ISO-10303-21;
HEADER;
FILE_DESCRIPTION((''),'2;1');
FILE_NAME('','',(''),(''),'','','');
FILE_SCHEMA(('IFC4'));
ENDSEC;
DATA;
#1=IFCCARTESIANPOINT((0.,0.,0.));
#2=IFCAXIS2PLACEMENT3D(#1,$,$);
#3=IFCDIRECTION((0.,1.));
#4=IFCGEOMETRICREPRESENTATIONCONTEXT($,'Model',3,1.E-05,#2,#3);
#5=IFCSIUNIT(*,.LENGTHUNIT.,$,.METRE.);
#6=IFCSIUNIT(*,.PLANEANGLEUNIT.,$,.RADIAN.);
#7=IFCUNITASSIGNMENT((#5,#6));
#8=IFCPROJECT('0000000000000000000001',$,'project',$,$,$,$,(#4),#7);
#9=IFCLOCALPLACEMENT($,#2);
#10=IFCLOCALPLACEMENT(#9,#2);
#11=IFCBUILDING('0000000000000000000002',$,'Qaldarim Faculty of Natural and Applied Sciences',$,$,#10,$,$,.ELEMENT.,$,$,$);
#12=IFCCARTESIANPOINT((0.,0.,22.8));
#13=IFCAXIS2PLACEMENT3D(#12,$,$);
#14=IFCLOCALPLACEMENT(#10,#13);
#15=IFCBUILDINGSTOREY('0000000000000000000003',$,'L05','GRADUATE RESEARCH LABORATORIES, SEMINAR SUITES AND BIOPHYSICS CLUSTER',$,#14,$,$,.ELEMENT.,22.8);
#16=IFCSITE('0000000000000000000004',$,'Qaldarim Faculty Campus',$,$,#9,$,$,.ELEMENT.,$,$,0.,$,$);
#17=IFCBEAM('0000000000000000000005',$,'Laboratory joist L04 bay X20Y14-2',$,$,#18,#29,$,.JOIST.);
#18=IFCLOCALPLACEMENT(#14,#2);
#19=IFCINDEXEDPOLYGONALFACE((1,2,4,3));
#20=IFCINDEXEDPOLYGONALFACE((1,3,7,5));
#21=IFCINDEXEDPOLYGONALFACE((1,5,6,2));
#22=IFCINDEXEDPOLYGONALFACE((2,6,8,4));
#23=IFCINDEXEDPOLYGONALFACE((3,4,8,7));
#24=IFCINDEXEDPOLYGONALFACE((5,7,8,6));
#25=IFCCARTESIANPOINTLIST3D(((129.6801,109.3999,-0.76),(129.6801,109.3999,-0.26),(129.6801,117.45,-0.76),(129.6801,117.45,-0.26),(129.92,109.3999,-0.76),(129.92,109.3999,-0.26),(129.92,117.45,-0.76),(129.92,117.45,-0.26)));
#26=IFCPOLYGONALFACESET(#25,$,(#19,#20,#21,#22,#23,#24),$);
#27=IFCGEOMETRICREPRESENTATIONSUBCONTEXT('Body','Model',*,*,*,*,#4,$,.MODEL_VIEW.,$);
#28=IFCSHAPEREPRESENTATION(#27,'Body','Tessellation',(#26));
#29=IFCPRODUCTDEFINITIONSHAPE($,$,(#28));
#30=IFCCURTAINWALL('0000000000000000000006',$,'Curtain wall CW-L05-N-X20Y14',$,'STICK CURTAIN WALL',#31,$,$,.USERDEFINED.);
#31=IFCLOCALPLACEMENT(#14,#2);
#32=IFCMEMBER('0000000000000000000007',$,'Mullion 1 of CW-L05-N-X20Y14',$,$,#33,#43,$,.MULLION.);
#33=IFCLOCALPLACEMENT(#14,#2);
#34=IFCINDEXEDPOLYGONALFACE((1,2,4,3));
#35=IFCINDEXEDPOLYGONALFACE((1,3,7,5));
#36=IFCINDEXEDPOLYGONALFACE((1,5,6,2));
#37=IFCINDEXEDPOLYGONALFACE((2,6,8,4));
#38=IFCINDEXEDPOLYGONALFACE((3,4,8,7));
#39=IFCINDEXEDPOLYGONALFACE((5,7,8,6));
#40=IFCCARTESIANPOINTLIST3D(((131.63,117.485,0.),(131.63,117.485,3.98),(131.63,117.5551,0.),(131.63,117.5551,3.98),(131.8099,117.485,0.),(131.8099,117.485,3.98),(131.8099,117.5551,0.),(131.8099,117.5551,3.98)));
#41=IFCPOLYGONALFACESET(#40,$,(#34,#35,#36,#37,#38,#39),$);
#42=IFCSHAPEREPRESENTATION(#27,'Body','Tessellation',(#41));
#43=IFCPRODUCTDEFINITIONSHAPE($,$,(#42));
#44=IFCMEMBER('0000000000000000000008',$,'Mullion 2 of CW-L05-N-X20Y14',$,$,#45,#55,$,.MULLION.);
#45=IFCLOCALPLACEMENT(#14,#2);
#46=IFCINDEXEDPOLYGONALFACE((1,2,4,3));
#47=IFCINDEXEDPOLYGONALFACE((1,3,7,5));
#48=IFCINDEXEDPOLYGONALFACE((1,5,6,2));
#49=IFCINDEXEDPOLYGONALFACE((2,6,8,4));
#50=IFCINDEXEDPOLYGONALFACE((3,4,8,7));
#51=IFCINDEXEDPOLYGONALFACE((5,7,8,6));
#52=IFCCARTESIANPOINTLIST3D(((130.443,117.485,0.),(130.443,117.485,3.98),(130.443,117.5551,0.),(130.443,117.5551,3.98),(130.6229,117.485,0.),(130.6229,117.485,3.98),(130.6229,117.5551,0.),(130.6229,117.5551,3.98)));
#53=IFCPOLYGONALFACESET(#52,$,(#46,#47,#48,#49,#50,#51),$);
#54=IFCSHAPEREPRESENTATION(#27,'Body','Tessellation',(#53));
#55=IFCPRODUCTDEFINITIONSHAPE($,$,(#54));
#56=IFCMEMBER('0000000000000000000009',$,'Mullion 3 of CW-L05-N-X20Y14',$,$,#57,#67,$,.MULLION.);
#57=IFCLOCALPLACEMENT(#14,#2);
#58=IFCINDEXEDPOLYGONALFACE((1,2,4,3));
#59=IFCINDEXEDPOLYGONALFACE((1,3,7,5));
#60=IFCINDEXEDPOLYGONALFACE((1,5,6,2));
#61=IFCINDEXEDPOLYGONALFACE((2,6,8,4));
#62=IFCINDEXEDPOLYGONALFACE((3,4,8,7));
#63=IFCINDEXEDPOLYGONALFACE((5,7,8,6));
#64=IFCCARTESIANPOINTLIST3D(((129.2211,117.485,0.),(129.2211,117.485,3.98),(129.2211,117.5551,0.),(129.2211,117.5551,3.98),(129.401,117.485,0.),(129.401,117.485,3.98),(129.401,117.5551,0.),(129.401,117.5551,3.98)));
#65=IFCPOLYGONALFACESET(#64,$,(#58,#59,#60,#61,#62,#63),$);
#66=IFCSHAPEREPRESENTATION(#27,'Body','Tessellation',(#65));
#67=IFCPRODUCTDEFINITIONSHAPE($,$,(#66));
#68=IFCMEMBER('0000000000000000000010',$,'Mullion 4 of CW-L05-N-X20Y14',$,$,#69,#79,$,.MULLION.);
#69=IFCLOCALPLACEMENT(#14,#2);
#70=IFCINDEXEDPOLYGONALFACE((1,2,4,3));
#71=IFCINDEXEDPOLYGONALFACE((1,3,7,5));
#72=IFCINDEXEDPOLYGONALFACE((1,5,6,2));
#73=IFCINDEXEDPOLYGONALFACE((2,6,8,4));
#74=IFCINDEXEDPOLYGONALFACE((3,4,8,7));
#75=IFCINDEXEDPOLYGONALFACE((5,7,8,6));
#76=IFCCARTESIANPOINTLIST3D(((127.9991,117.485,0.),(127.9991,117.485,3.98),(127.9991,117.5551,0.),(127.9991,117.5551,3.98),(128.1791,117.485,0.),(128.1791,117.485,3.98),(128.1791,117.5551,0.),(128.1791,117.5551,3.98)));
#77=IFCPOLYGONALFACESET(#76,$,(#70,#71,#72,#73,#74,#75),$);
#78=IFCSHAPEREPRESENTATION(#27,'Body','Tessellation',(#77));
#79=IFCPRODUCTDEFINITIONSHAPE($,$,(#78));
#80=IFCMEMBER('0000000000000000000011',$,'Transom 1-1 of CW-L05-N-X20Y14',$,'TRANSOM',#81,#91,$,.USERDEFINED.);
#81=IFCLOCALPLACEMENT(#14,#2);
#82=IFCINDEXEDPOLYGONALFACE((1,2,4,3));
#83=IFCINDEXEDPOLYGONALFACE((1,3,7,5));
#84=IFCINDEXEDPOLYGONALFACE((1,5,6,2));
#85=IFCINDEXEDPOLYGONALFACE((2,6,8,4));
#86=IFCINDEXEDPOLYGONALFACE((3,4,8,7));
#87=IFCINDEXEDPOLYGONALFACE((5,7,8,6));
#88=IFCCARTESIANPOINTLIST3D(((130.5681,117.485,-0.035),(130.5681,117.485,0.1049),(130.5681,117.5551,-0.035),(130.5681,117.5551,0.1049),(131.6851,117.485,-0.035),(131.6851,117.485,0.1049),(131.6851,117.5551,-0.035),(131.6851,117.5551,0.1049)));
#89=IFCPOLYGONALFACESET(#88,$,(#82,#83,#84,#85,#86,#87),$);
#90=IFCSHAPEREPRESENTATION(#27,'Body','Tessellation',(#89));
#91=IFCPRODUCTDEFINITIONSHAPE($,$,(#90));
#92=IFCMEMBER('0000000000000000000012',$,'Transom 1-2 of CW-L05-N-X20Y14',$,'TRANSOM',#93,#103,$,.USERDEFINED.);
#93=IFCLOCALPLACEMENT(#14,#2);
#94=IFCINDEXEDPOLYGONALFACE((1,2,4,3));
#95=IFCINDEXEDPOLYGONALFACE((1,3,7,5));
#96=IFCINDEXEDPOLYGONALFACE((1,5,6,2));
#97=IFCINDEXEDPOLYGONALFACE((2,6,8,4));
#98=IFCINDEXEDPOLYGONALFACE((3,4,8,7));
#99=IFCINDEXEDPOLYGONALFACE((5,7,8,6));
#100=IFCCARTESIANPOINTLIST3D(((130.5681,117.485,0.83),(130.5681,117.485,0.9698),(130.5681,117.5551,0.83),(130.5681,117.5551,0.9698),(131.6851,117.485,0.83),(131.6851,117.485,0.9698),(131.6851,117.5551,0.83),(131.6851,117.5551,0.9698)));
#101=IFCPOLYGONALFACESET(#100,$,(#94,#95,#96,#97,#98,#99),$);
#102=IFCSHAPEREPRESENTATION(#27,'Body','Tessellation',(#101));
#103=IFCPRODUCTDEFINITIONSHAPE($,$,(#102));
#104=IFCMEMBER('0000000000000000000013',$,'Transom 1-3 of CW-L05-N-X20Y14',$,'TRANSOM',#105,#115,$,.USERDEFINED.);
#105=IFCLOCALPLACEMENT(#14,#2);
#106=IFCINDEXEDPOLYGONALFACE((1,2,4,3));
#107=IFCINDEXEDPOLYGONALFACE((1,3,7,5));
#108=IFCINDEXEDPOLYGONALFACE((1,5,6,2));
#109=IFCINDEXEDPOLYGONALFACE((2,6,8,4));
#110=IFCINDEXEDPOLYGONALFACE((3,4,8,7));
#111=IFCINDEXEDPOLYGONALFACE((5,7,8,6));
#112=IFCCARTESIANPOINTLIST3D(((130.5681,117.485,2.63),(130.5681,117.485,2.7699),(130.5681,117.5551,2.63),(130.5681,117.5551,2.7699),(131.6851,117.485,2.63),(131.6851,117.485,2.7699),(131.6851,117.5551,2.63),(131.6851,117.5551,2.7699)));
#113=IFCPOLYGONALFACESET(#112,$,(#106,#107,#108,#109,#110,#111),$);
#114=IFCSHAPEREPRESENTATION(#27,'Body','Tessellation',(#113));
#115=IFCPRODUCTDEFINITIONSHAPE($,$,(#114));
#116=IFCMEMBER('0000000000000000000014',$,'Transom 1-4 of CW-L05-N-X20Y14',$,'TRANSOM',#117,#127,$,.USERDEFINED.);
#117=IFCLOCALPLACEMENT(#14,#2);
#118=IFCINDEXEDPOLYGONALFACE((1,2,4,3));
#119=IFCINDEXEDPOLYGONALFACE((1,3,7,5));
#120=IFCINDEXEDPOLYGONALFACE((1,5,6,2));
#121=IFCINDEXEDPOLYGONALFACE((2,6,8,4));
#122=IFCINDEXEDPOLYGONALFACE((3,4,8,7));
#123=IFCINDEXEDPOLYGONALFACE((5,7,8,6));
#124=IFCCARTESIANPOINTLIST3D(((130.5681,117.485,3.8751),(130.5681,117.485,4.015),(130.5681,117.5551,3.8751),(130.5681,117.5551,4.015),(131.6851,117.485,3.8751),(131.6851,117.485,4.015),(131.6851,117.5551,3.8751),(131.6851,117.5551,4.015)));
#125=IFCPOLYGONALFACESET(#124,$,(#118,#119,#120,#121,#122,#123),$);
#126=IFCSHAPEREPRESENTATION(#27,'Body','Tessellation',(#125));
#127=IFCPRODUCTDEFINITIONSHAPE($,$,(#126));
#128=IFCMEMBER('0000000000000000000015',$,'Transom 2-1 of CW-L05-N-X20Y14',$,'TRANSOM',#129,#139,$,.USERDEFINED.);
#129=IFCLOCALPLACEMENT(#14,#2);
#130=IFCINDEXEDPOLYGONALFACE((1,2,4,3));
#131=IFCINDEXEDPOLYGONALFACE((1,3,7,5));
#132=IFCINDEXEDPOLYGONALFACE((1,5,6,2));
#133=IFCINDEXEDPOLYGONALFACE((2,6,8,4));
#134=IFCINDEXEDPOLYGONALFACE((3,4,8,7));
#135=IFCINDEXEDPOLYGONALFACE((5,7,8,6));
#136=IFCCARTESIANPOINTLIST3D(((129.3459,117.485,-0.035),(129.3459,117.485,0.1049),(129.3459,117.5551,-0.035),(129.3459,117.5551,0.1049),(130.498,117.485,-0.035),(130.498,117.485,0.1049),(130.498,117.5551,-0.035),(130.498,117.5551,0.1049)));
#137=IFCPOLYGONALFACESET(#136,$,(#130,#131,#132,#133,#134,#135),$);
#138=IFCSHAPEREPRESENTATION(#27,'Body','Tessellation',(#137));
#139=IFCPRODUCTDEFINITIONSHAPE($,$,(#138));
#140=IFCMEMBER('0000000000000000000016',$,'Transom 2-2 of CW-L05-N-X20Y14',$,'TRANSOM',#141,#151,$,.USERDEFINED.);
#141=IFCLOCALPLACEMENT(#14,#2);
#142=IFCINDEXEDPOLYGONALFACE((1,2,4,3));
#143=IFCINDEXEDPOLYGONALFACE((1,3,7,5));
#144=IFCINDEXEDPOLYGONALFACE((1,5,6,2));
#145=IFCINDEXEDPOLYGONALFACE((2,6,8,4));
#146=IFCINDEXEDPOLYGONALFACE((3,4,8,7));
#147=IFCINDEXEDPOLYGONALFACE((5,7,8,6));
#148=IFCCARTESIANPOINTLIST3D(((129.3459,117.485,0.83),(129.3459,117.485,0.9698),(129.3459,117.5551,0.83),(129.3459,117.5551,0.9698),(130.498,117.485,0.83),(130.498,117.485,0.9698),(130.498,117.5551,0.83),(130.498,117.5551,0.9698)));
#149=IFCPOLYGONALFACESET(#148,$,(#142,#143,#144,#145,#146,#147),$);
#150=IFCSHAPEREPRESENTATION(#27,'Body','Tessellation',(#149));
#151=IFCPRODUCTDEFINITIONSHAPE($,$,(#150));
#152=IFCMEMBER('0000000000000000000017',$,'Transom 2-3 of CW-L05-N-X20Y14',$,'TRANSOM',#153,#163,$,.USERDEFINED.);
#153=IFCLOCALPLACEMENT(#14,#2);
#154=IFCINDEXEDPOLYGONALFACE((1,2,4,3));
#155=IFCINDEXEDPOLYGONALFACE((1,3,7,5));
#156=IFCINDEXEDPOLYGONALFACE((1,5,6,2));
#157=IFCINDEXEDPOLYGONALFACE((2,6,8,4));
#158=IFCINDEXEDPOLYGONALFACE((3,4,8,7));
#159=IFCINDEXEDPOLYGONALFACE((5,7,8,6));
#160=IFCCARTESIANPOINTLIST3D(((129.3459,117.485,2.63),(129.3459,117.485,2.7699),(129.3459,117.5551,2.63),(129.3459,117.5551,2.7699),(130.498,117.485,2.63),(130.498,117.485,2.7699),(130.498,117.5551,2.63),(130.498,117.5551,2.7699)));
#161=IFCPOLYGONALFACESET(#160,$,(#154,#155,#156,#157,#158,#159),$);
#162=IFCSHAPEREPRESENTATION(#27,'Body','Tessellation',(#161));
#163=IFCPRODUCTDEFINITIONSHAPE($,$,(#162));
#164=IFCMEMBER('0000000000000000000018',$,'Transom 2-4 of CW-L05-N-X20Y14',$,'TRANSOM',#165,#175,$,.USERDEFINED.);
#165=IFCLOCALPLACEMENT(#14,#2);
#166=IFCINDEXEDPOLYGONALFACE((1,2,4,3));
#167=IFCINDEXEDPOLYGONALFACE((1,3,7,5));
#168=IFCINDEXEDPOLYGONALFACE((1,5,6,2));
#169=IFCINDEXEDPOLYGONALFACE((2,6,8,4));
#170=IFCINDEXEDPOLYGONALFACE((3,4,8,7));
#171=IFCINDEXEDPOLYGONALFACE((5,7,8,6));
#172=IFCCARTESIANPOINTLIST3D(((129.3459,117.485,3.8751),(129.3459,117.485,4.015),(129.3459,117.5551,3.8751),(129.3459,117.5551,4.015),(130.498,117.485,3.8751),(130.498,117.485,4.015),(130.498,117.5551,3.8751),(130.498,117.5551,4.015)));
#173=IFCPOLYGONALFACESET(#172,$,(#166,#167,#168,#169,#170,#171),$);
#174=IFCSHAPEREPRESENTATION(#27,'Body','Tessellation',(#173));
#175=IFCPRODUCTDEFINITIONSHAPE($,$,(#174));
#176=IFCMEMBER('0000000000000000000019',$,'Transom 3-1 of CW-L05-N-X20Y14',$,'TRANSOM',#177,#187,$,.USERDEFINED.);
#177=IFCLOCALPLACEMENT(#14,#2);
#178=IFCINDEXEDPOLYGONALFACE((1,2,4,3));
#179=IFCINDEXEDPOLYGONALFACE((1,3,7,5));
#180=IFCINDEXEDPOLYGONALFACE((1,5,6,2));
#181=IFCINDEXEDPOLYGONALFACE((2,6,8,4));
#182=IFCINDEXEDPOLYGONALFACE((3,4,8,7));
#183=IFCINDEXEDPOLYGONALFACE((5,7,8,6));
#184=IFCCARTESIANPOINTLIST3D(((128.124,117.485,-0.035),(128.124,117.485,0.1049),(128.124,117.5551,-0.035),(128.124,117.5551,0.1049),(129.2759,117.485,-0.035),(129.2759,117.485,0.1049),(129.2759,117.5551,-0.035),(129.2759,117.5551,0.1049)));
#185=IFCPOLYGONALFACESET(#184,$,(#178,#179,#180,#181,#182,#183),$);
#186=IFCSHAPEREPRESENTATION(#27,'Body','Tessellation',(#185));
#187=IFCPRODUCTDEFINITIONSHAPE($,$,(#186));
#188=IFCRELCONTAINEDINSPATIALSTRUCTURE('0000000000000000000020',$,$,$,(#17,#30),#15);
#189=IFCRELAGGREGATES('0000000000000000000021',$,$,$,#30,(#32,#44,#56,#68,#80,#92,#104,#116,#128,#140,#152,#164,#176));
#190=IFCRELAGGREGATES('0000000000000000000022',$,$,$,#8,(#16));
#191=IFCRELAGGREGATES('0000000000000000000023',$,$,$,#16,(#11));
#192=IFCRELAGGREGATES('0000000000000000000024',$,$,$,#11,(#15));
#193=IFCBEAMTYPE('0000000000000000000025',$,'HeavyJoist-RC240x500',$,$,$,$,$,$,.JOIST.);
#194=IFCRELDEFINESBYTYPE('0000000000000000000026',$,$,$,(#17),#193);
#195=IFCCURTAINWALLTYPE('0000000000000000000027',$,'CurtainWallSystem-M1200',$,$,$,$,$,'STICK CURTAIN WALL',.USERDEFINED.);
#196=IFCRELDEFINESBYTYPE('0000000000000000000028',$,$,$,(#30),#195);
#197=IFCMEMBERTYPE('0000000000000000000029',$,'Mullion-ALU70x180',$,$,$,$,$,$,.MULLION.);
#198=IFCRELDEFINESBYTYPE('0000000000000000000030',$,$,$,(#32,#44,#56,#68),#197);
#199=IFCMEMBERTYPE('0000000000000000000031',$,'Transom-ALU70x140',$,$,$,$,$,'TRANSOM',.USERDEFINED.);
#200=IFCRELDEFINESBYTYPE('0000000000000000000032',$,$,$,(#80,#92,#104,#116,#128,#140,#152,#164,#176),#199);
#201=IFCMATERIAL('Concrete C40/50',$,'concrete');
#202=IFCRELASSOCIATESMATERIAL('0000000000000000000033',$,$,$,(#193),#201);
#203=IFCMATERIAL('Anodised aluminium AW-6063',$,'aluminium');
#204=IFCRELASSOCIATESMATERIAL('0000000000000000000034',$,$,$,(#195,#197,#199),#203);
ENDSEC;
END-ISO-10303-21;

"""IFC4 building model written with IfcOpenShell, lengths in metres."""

from ifc_helpers import new_model, si_unit, direction, frame, origin, origin_2d, place, context, subcontext, project, spatial, rectangle, extrude, material, material_profile, profile_set, type_object, element, aggregate, save


model = new_model("IFC4")

# Units and contexts
model_context = context("Model", 3, precision=1e-05, world=origin(), true_north=direction((0.0, 1.0)))
body_context = subcontext(model_context, "Body", "Model", "MODEL_VIEW")
ifc_project = project(units=[si_unit("LENGTHUNIT", "METRE"), si_unit("PLANEANGLEUNIT", "RADIAN")], contexts=[model_context])

# Site, building, storey
site_placement = place(None, origin())
site = spatial("IfcSite", under=ifc_project, at=site_placement, Name="Qaldarim Faculty Campus", CompositionType="ELEMENT", RefElevation=0.0)
building_placement = place(site_placement, origin())
building = spatial("IfcBuilding", under=site, at=building_placement, Name="Qaldarim Faculty of Natural and Applied Sciences", CompositionType="ELEMENT")
storey_placement = place(building_placement, frame((0.0, 0.0, 22.8)))
storey = spatial("IfcBuildingStorey", under=building, at=storey_placement, Name="L05", Description="GRADUATE RESEARCH LABORATORIES, SEMINAR SUITES AND BIOPHYSICS CLUSTER", CompositionType="ELEMENT", Elevation=22.8)

# Beam
ifc_material_1 = material(Name="Concrete C40/50", Category="concrete")
ifc_material_profile_1 = material_profile(ifc_material_1, rectangle(XDim=0.24, YDim=0.5, at=origin_2d()), Name="RC-J240x500")
ifc_profile_set_1 = profile_set([ifc_material_profile_1], Name="Concrete C40/50")
beam_type = type_object("IfcBeamType", Name="HeavyJoist-RC240x500", PredefinedType="JOIST", material=ifc_profile_set_1)
beam_placement = place(storey_placement, frame((129.8, 109.3999, -0.51), z_axis=(0.0, 1.0, 0.0), x_axis=(-1.0, 0.0, 0.0)))
element("IfcBeam", 1, at=beam_placement, inside=storey, type_object=beam_type, Name="Laboratory joist L04 bay X20Y14-2", PredefinedType="JOIST", context=body_context, shape_type="SweptSolid", body=[
    extrude(rectangle(XDim=0.24, YDim=0.5, at=origin_2d()), origin(), (0.0, 0.0, 1.0), 8.05),
])

# Curtain wall, members
ifc_material_2 = material(Name="Anodised aluminium AW-6063", Category="aluminium")
curtain_wall_type = type_object("IfcCurtainWallType", Name="CurtainWallSystem-M1200", ElementType="STICK CURTAIN WALL", PredefinedType="USERDEFINED", material=ifc_material_2)
curtain_wall_placement = place(storey_placement, origin())
curtain_wall = element("IfcCurtainWall", 2, at=curtain_wall_placement, inside=storey, type_object=curtain_wall_type, Name="Curtain wall CW-L05-N-X20Y14", ObjectType="STICK CURTAIN WALL", PredefinedType="USERDEFINED")
ifc_material_profile_2 = material_profile(ifc_material_2, rectangle(XDim=0.0701, YDim=0.1799, at=origin_2d()), Name="ALU-M70x180")
ifc_profile_set_2 = profile_set([ifc_material_profile_2], Name="Anodised aluminium AW-6063")
member_type_1 = type_object("IfcMemberType", Name="Mullion-ALU70x180", PredefinedType="MULLION", material=ifc_profile_set_2)
member_1_placement = place(storey_placement, frame((131.72, 117.52, 0.0), z_axis=(0.0, 0.0, 1.0), x_axis=(0.0, -1.0, 0.0)))
member_1 = element("IfcMember", 3, at=member_1_placement, type_object=member_type_1, Name="Mullion 1 of CW-L05-N-X20Y14", PredefinedType="MULLION", context=body_context, shape_type="SweptSolid", body=[
    extrude(rectangle(XDim=0.0701, YDim=0.1799, at=origin_2d()), origin(), (0.0, 0.0, 1.0), 3.98),
])
member_2_placement = place(storey_placement, frame((130.533, 117.52, 0.0), z_axis=(0.0, 0.0, 1.0), x_axis=(0.0, -1.0, 0.0)))
member_2 = element("IfcMember", 4, at=member_2_placement, type_object=member_type_1, Name="Mullion 2 of CW-L05-N-X20Y14", PredefinedType="MULLION", context=body_context, shape_type="SweptSolid", body=[
    extrude(rectangle(XDim=0.0701, YDim=0.1799, at=origin_2d()), origin(), (0.0, 0.0, 1.0), 3.98),
])
member_3_placement = place(storey_placement, frame((129.311, 117.52, 0.0), z_axis=(0.0, 0.0, 1.0), x_axis=(0.0, -1.0, 0.0)))
member_3 = element("IfcMember", 5, at=member_3_placement, type_object=member_type_1, Name="Mullion 3 of CW-L05-N-X20Y14", PredefinedType="MULLION", context=body_context, shape_type="SweptSolid", body=[
    extrude(rectangle(XDim=0.0701, YDim=0.1799, at=origin_2d()), origin(), (0.0, 0.0, 1.0), 3.98),
])
member_4_placement = place(storey_placement, frame((128.0891, 117.52, 0.0), z_axis=(0.0, 0.0, 1.0), x_axis=(0.0, -1.0, 0.0)))
member_4 = element("IfcMember", 6, at=member_4_placement, type_object=member_type_1, Name="Mullion 4 of CW-L05-N-X20Y14", PredefinedType="MULLION", context=body_context, shape_type="SweptSolid", body=[
    extrude(rectangle(XDim=0.0701, YDim=0.1799, at=origin_2d()), origin(), (0.0, 0.0, 1.0), 3.98),
])
ifc_material_profile_3 = material_profile(ifc_material_2, rectangle(XDim=0.0701, YDim=0.1399, at=origin_2d()), Name="ALU-T70x140")
ifc_profile_set_3 = profile_set([ifc_material_profile_3], Name="Anodised aluminium AW-6063")
member_type_2 = type_object("IfcMemberType", Name="Transom-ALU70x140", ElementType="TRANSOM", PredefinedType="USERDEFINED", material=ifc_profile_set_3)
member_5_placement = place(storey_placement, frame((131.6851, 117.52, 0.0349), z_axis=(-1.0, 0.0, 0.0), x_axis=(0.0, -1.0, 0.0)))
member_5 = element("IfcMember", 7, at=member_5_placement, type_object=member_type_2, Name="Transom 1-1 of CW-L05-N-X20Y14", ObjectType="TRANSOM", PredefinedType="USERDEFINED", context=body_context, shape_type="SweptSolid", body=[
    extrude(rectangle(XDim=0.0701, YDim=0.1399, at=origin_2d()), origin(), (0.0, 0.0, 1.0), 1.1169),
])
member_6_placement = place(storey_placement, frame((131.6851, 117.52, 0.8999), z_axis=(-1.0, 0.0, 0.0), x_axis=(0.0, -1.0, 0.0)))
member_6 = element("IfcMember", 8, at=member_6_placement, type_object=member_type_2, Name="Transom 1-2 of CW-L05-N-X20Y14", ObjectType="TRANSOM", PredefinedType="USERDEFINED", context=body_context, shape_type="SweptSolid", body=[
    extrude(rectangle(XDim=0.0701, YDim=0.1399, at=origin_2d()), origin(), (0.0, 0.0, 1.0), 1.1169),
])
member_7_placement = place(storey_placement, frame((131.6851, 117.52, 2.7), z_axis=(-1.0, 0.0, 0.0), x_axis=(0.0, -1.0, 0.0)))
member_7 = element("IfcMember", 9, at=member_7_placement, type_object=member_type_2, Name="Transom 1-3 of CW-L05-N-X20Y14", ObjectType="TRANSOM", PredefinedType="USERDEFINED", context=body_context, shape_type="SweptSolid", body=[
    extrude(rectangle(XDim=0.0701, YDim=0.1399, at=origin_2d()), origin(), (0.0, 0.0, 1.0), 1.1169),
])
member_8_placement = place(storey_placement, frame((131.6851, 117.52, 3.9451), z_axis=(-1.0, 0.0, 0.0), x_axis=(0.0, -1.0, 0.0)))
member_8 = element("IfcMember", 10, at=member_8_placement, type_object=member_type_2, Name="Transom 1-4 of CW-L05-N-X20Y14", ObjectType="TRANSOM", PredefinedType="USERDEFINED", context=body_context, shape_type="SweptSolid", body=[
    extrude(rectangle(XDim=0.0701, YDim=0.1399, at=origin_2d()), origin(), (0.0, 0.0, 1.0), 1.1169),
])
member_9_placement = place(storey_placement, frame((130.498, 117.52, 0.0349), z_axis=(-1.0, 0.0, 0.0), x_axis=(0.0, -1.0, 0.0)))
member_9 = element("IfcMember", 11, at=member_9_placement, type_object=member_type_2, Name="Transom 2-1 of CW-L05-N-X20Y14", ObjectType="TRANSOM", PredefinedType="USERDEFINED", context=body_context, shape_type="SweptSolid", body=[
    extrude(rectangle(XDim=0.0701, YDim=0.1399, at=origin_2d()), origin(), (0.0, 0.0, 1.0), 1.1521),
])
member_10_placement = place(storey_placement, frame((130.498, 117.52, 0.8999), z_axis=(-1.0, 0.0, 0.0), x_axis=(0.0, -1.0, 0.0)))
member_10 = element("IfcMember", 12, at=member_10_placement, type_object=member_type_2, Name="Transom 2-2 of CW-L05-N-X20Y14", ObjectType="TRANSOM", PredefinedType="USERDEFINED", context=body_context, shape_type="SweptSolid", body=[
    extrude(rectangle(XDim=0.0701, YDim=0.1399, at=origin_2d()), origin(), (0.0, 0.0, 1.0), 1.1521),
])
member_11_placement = place(storey_placement, frame((130.498, 117.52, 2.7), z_axis=(-1.0, 0.0, 0.0), x_axis=(0.0, -1.0, 0.0)))
member_11 = element("IfcMember", 13, at=member_11_placement, type_object=member_type_2, Name="Transom 2-3 of CW-L05-N-X20Y14", ObjectType="TRANSOM", PredefinedType="USERDEFINED", context=body_context, shape_type="SweptSolid", body=[
    extrude(rectangle(XDim=0.0701, YDim=0.1399, at=origin_2d()), origin(), (0.0, 0.0, 1.0), 1.1521),
])
member_12_placement = place(storey_placement, frame((130.498, 117.52, 3.9451), z_axis=(-1.0, 0.0, 0.0), x_axis=(0.0, -1.0, 0.0)))
member_12 = element("IfcMember", 14, at=member_12_placement, type_object=member_type_2, Name="Transom 2-4 of CW-L05-N-X20Y14", ObjectType="TRANSOM", PredefinedType="USERDEFINED", context=body_context, shape_type="SweptSolid", body=[
    extrude(rectangle(XDim=0.0701, YDim=0.1399, at=origin_2d()), origin(), (0.0, 0.0, 1.0), 1.1521),
])
member_13_placement = place(storey_placement, frame((129.2759, 117.52, 0.0349), z_axis=(-1.0, 0.0, 0.0), x_axis=(0.0, -1.0, 0.0)))
member_13 = element("IfcMember", 15, at=member_13_placement, type_object=member_type_2, Name="Transom 3-1 of CW-L05-N-X20Y14", ObjectType="TRANSOM", PredefinedType="USERDEFINED", context=body_context, shape_type="SweptSolid", body=[
    extrude(rectangle(XDim=0.0701, YDim=0.1399, at=origin_2d()), origin(), (0.0, 0.0, 1.0), 1.1519),
])
aggregate(curtain_wall, [member_1, member_2, member_3, member_4, member_5, member_6, member_7, member_8, member_9, member_10, member_11, member_12, member_13])

save(model, "model.ifc")
